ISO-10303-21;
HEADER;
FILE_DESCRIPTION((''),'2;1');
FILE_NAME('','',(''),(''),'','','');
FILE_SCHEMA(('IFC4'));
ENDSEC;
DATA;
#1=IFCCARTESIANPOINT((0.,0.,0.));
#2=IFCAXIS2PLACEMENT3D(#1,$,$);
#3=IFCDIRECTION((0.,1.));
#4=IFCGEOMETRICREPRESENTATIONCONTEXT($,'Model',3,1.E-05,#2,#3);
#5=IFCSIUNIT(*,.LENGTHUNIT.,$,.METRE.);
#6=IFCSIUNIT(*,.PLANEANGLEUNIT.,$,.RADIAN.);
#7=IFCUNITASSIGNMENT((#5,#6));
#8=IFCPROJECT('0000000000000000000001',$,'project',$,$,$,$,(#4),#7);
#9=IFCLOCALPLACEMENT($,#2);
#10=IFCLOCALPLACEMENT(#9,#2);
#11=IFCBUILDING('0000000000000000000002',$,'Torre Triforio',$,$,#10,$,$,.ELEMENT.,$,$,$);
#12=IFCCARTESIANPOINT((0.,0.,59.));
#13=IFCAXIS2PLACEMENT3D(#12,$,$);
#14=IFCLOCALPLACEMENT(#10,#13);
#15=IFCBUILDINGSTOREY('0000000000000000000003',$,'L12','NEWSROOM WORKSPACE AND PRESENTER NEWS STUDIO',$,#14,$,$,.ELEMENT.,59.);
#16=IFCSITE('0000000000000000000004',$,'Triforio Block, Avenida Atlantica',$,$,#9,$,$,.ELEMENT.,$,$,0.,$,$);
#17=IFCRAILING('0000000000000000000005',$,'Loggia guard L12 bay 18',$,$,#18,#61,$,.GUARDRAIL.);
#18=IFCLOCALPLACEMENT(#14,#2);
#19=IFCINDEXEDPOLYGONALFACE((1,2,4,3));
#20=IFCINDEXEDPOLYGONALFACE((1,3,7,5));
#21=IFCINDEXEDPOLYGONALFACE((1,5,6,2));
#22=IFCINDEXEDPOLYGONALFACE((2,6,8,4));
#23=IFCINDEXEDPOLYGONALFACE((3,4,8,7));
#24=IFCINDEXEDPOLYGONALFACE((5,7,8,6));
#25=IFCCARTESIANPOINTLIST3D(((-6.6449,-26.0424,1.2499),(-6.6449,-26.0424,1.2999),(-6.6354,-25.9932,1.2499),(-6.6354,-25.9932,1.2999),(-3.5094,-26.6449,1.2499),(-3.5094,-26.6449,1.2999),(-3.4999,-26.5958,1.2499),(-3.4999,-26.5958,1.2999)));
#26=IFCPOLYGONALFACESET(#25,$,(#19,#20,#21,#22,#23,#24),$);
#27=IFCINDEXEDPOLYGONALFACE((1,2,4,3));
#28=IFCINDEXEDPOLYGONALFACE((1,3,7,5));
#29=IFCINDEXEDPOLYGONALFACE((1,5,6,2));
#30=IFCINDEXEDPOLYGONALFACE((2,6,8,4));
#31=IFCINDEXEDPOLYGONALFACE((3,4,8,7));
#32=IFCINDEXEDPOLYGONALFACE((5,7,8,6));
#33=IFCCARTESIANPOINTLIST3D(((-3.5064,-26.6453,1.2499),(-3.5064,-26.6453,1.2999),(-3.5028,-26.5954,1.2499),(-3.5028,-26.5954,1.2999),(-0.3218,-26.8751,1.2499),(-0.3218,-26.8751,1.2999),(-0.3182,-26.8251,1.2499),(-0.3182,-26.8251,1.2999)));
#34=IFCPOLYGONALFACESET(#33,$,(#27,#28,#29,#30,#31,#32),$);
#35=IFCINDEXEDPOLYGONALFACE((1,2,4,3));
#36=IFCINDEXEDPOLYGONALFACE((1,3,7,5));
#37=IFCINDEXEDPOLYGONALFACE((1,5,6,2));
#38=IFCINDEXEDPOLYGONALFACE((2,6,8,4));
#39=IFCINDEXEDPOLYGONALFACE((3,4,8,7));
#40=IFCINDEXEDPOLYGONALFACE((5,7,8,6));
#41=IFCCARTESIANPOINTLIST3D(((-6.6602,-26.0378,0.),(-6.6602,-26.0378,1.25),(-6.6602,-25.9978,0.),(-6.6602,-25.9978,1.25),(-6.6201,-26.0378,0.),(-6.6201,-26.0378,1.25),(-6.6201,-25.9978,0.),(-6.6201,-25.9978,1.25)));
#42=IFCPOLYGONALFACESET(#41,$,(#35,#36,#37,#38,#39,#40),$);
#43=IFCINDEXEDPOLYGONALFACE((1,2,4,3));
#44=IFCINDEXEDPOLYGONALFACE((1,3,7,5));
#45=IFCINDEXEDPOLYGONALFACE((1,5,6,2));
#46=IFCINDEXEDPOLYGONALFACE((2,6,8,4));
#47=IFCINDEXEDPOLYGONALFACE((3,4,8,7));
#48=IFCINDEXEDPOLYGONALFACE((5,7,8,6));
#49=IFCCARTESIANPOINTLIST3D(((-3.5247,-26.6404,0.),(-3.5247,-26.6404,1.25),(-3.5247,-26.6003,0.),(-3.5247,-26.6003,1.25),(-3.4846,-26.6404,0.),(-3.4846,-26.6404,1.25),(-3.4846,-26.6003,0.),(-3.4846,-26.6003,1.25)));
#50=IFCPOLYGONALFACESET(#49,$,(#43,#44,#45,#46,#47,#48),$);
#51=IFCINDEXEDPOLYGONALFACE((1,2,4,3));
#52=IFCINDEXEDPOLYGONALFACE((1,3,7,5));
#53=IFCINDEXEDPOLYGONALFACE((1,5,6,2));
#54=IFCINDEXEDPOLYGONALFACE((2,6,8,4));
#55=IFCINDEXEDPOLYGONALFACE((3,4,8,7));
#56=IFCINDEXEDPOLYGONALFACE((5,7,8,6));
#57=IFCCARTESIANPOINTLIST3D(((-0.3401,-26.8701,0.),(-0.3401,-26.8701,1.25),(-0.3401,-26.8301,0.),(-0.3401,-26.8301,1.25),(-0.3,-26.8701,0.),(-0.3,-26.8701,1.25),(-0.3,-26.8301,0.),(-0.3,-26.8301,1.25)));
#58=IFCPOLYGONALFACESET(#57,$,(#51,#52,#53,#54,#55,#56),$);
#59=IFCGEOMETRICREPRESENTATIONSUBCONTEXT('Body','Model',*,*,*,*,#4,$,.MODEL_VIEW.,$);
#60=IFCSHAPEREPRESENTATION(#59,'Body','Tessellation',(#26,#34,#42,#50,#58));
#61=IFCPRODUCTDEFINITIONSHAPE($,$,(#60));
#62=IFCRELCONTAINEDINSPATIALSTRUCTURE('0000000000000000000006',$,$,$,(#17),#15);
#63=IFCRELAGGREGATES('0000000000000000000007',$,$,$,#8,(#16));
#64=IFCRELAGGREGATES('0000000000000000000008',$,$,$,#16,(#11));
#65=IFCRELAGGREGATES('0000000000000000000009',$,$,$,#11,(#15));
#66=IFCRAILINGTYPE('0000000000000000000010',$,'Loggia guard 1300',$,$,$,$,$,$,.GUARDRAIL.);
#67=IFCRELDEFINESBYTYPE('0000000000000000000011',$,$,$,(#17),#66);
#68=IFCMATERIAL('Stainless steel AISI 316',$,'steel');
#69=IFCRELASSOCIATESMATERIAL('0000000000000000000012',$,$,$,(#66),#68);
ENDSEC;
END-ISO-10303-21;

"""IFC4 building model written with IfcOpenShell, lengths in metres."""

from ifc_helpers import new_model, si_unit, direction, frame, origin, origin_2d, place, context, subcontext, project, spatial, rectangle, extrude, material, type_object, element, save


model = new_model("IFC4")

# Units and contexts
model_context = context("Model", 3, precision=1e-05, world=origin(), true_north=direction((0.0, 1.0)))
body_context = subcontext(model_context, "Body", "Model", "MODEL_VIEW")
ifc_project = project(units=[si_unit("LENGTHUNIT", "METRE"), si_unit("PLANEANGLEUNIT", "RADIAN")], contexts=[model_context])

# Site, building, storey
site_placement = place(None, origin())
site = spatial("IfcSite", under=ifc_project, at=site_placement, Name="Triforio Block, Avenida Atlantica", CompositionType="ELEMENT", RefElevation=0.0)
building_placement = place(site_placement, origin())
building = spatial("IfcBuilding", under=site, at=building_placement, Name="Torre Triforio", CompositionType="ELEMENT")
storey_placement = place(building_placement, frame((0.0, 0.0, 59.0)))
storey = spatial("IfcBuildingStorey", under=building, at=storey_placement, Name="L12", Description="NEWSROOM WORKSPACE AND PRESENTER NEWS STUDIO", CompositionType="ELEMENT", Elevation=59.0)

# Railing
ifc_material_1 = material(Name="Stainless steel AISI 316", Category="steel")
railing_type = type_object("IfcRailingType", Name="Loggia guard 1300", PredefinedType="GUARDRAIL", material=ifc_material_1)
railing_placement = place(storey_placement, frame((-6.6401, -26.0178, 0.0)))
element("IfcRailing", 1, at=railing_placement, inside=storey, type_object=railing_type, Name="Loggia guard L12 bay 18", PredefinedType="GUARDRAIL", context=body_context, shape_type="SweptSolid", body=[
    extrude(rectangle(XDim=0.05, YDim=0.05, at=origin_2d()), frame((0.0, 0.0, 1.2749), z_axis=(0.982032, -0.188714, 0.0), x_axis=(0.188714, 0.982032, 0.0)), (0.0, 0.0, 1.0), 3.1929),
    extrude(rectangle(XDim=0.05, YDim=0.05, at=origin_2d()), frame((3.1355, -0.6025, 1.2749), z_axis=(0.997408, -0.071953, 0.0), x_axis=(0.071953, 0.997408, 0.0)), (0.0, 0.0, 1.0), 3.1929),
    extrude(rectangle(XDim=0.04, YDim=0.04, at=origin_2d()), origin(), (0.0, 0.0, 1.0), 1.25),
    extrude(rectangle(XDim=0.04, YDim=0.04, at=origin_2d()), frame((3.1355, -0.6025, 0.0)), (0.0, 0.0, 1.0), 1.25),
    extrude(rectangle(XDim=0.04, YDim=0.04, at=origin_2d()), frame((6.3201, -0.8323, 0.0)), (0.0, 0.0, 1.0), 1.25),
])

save(model, "model.ifc")
